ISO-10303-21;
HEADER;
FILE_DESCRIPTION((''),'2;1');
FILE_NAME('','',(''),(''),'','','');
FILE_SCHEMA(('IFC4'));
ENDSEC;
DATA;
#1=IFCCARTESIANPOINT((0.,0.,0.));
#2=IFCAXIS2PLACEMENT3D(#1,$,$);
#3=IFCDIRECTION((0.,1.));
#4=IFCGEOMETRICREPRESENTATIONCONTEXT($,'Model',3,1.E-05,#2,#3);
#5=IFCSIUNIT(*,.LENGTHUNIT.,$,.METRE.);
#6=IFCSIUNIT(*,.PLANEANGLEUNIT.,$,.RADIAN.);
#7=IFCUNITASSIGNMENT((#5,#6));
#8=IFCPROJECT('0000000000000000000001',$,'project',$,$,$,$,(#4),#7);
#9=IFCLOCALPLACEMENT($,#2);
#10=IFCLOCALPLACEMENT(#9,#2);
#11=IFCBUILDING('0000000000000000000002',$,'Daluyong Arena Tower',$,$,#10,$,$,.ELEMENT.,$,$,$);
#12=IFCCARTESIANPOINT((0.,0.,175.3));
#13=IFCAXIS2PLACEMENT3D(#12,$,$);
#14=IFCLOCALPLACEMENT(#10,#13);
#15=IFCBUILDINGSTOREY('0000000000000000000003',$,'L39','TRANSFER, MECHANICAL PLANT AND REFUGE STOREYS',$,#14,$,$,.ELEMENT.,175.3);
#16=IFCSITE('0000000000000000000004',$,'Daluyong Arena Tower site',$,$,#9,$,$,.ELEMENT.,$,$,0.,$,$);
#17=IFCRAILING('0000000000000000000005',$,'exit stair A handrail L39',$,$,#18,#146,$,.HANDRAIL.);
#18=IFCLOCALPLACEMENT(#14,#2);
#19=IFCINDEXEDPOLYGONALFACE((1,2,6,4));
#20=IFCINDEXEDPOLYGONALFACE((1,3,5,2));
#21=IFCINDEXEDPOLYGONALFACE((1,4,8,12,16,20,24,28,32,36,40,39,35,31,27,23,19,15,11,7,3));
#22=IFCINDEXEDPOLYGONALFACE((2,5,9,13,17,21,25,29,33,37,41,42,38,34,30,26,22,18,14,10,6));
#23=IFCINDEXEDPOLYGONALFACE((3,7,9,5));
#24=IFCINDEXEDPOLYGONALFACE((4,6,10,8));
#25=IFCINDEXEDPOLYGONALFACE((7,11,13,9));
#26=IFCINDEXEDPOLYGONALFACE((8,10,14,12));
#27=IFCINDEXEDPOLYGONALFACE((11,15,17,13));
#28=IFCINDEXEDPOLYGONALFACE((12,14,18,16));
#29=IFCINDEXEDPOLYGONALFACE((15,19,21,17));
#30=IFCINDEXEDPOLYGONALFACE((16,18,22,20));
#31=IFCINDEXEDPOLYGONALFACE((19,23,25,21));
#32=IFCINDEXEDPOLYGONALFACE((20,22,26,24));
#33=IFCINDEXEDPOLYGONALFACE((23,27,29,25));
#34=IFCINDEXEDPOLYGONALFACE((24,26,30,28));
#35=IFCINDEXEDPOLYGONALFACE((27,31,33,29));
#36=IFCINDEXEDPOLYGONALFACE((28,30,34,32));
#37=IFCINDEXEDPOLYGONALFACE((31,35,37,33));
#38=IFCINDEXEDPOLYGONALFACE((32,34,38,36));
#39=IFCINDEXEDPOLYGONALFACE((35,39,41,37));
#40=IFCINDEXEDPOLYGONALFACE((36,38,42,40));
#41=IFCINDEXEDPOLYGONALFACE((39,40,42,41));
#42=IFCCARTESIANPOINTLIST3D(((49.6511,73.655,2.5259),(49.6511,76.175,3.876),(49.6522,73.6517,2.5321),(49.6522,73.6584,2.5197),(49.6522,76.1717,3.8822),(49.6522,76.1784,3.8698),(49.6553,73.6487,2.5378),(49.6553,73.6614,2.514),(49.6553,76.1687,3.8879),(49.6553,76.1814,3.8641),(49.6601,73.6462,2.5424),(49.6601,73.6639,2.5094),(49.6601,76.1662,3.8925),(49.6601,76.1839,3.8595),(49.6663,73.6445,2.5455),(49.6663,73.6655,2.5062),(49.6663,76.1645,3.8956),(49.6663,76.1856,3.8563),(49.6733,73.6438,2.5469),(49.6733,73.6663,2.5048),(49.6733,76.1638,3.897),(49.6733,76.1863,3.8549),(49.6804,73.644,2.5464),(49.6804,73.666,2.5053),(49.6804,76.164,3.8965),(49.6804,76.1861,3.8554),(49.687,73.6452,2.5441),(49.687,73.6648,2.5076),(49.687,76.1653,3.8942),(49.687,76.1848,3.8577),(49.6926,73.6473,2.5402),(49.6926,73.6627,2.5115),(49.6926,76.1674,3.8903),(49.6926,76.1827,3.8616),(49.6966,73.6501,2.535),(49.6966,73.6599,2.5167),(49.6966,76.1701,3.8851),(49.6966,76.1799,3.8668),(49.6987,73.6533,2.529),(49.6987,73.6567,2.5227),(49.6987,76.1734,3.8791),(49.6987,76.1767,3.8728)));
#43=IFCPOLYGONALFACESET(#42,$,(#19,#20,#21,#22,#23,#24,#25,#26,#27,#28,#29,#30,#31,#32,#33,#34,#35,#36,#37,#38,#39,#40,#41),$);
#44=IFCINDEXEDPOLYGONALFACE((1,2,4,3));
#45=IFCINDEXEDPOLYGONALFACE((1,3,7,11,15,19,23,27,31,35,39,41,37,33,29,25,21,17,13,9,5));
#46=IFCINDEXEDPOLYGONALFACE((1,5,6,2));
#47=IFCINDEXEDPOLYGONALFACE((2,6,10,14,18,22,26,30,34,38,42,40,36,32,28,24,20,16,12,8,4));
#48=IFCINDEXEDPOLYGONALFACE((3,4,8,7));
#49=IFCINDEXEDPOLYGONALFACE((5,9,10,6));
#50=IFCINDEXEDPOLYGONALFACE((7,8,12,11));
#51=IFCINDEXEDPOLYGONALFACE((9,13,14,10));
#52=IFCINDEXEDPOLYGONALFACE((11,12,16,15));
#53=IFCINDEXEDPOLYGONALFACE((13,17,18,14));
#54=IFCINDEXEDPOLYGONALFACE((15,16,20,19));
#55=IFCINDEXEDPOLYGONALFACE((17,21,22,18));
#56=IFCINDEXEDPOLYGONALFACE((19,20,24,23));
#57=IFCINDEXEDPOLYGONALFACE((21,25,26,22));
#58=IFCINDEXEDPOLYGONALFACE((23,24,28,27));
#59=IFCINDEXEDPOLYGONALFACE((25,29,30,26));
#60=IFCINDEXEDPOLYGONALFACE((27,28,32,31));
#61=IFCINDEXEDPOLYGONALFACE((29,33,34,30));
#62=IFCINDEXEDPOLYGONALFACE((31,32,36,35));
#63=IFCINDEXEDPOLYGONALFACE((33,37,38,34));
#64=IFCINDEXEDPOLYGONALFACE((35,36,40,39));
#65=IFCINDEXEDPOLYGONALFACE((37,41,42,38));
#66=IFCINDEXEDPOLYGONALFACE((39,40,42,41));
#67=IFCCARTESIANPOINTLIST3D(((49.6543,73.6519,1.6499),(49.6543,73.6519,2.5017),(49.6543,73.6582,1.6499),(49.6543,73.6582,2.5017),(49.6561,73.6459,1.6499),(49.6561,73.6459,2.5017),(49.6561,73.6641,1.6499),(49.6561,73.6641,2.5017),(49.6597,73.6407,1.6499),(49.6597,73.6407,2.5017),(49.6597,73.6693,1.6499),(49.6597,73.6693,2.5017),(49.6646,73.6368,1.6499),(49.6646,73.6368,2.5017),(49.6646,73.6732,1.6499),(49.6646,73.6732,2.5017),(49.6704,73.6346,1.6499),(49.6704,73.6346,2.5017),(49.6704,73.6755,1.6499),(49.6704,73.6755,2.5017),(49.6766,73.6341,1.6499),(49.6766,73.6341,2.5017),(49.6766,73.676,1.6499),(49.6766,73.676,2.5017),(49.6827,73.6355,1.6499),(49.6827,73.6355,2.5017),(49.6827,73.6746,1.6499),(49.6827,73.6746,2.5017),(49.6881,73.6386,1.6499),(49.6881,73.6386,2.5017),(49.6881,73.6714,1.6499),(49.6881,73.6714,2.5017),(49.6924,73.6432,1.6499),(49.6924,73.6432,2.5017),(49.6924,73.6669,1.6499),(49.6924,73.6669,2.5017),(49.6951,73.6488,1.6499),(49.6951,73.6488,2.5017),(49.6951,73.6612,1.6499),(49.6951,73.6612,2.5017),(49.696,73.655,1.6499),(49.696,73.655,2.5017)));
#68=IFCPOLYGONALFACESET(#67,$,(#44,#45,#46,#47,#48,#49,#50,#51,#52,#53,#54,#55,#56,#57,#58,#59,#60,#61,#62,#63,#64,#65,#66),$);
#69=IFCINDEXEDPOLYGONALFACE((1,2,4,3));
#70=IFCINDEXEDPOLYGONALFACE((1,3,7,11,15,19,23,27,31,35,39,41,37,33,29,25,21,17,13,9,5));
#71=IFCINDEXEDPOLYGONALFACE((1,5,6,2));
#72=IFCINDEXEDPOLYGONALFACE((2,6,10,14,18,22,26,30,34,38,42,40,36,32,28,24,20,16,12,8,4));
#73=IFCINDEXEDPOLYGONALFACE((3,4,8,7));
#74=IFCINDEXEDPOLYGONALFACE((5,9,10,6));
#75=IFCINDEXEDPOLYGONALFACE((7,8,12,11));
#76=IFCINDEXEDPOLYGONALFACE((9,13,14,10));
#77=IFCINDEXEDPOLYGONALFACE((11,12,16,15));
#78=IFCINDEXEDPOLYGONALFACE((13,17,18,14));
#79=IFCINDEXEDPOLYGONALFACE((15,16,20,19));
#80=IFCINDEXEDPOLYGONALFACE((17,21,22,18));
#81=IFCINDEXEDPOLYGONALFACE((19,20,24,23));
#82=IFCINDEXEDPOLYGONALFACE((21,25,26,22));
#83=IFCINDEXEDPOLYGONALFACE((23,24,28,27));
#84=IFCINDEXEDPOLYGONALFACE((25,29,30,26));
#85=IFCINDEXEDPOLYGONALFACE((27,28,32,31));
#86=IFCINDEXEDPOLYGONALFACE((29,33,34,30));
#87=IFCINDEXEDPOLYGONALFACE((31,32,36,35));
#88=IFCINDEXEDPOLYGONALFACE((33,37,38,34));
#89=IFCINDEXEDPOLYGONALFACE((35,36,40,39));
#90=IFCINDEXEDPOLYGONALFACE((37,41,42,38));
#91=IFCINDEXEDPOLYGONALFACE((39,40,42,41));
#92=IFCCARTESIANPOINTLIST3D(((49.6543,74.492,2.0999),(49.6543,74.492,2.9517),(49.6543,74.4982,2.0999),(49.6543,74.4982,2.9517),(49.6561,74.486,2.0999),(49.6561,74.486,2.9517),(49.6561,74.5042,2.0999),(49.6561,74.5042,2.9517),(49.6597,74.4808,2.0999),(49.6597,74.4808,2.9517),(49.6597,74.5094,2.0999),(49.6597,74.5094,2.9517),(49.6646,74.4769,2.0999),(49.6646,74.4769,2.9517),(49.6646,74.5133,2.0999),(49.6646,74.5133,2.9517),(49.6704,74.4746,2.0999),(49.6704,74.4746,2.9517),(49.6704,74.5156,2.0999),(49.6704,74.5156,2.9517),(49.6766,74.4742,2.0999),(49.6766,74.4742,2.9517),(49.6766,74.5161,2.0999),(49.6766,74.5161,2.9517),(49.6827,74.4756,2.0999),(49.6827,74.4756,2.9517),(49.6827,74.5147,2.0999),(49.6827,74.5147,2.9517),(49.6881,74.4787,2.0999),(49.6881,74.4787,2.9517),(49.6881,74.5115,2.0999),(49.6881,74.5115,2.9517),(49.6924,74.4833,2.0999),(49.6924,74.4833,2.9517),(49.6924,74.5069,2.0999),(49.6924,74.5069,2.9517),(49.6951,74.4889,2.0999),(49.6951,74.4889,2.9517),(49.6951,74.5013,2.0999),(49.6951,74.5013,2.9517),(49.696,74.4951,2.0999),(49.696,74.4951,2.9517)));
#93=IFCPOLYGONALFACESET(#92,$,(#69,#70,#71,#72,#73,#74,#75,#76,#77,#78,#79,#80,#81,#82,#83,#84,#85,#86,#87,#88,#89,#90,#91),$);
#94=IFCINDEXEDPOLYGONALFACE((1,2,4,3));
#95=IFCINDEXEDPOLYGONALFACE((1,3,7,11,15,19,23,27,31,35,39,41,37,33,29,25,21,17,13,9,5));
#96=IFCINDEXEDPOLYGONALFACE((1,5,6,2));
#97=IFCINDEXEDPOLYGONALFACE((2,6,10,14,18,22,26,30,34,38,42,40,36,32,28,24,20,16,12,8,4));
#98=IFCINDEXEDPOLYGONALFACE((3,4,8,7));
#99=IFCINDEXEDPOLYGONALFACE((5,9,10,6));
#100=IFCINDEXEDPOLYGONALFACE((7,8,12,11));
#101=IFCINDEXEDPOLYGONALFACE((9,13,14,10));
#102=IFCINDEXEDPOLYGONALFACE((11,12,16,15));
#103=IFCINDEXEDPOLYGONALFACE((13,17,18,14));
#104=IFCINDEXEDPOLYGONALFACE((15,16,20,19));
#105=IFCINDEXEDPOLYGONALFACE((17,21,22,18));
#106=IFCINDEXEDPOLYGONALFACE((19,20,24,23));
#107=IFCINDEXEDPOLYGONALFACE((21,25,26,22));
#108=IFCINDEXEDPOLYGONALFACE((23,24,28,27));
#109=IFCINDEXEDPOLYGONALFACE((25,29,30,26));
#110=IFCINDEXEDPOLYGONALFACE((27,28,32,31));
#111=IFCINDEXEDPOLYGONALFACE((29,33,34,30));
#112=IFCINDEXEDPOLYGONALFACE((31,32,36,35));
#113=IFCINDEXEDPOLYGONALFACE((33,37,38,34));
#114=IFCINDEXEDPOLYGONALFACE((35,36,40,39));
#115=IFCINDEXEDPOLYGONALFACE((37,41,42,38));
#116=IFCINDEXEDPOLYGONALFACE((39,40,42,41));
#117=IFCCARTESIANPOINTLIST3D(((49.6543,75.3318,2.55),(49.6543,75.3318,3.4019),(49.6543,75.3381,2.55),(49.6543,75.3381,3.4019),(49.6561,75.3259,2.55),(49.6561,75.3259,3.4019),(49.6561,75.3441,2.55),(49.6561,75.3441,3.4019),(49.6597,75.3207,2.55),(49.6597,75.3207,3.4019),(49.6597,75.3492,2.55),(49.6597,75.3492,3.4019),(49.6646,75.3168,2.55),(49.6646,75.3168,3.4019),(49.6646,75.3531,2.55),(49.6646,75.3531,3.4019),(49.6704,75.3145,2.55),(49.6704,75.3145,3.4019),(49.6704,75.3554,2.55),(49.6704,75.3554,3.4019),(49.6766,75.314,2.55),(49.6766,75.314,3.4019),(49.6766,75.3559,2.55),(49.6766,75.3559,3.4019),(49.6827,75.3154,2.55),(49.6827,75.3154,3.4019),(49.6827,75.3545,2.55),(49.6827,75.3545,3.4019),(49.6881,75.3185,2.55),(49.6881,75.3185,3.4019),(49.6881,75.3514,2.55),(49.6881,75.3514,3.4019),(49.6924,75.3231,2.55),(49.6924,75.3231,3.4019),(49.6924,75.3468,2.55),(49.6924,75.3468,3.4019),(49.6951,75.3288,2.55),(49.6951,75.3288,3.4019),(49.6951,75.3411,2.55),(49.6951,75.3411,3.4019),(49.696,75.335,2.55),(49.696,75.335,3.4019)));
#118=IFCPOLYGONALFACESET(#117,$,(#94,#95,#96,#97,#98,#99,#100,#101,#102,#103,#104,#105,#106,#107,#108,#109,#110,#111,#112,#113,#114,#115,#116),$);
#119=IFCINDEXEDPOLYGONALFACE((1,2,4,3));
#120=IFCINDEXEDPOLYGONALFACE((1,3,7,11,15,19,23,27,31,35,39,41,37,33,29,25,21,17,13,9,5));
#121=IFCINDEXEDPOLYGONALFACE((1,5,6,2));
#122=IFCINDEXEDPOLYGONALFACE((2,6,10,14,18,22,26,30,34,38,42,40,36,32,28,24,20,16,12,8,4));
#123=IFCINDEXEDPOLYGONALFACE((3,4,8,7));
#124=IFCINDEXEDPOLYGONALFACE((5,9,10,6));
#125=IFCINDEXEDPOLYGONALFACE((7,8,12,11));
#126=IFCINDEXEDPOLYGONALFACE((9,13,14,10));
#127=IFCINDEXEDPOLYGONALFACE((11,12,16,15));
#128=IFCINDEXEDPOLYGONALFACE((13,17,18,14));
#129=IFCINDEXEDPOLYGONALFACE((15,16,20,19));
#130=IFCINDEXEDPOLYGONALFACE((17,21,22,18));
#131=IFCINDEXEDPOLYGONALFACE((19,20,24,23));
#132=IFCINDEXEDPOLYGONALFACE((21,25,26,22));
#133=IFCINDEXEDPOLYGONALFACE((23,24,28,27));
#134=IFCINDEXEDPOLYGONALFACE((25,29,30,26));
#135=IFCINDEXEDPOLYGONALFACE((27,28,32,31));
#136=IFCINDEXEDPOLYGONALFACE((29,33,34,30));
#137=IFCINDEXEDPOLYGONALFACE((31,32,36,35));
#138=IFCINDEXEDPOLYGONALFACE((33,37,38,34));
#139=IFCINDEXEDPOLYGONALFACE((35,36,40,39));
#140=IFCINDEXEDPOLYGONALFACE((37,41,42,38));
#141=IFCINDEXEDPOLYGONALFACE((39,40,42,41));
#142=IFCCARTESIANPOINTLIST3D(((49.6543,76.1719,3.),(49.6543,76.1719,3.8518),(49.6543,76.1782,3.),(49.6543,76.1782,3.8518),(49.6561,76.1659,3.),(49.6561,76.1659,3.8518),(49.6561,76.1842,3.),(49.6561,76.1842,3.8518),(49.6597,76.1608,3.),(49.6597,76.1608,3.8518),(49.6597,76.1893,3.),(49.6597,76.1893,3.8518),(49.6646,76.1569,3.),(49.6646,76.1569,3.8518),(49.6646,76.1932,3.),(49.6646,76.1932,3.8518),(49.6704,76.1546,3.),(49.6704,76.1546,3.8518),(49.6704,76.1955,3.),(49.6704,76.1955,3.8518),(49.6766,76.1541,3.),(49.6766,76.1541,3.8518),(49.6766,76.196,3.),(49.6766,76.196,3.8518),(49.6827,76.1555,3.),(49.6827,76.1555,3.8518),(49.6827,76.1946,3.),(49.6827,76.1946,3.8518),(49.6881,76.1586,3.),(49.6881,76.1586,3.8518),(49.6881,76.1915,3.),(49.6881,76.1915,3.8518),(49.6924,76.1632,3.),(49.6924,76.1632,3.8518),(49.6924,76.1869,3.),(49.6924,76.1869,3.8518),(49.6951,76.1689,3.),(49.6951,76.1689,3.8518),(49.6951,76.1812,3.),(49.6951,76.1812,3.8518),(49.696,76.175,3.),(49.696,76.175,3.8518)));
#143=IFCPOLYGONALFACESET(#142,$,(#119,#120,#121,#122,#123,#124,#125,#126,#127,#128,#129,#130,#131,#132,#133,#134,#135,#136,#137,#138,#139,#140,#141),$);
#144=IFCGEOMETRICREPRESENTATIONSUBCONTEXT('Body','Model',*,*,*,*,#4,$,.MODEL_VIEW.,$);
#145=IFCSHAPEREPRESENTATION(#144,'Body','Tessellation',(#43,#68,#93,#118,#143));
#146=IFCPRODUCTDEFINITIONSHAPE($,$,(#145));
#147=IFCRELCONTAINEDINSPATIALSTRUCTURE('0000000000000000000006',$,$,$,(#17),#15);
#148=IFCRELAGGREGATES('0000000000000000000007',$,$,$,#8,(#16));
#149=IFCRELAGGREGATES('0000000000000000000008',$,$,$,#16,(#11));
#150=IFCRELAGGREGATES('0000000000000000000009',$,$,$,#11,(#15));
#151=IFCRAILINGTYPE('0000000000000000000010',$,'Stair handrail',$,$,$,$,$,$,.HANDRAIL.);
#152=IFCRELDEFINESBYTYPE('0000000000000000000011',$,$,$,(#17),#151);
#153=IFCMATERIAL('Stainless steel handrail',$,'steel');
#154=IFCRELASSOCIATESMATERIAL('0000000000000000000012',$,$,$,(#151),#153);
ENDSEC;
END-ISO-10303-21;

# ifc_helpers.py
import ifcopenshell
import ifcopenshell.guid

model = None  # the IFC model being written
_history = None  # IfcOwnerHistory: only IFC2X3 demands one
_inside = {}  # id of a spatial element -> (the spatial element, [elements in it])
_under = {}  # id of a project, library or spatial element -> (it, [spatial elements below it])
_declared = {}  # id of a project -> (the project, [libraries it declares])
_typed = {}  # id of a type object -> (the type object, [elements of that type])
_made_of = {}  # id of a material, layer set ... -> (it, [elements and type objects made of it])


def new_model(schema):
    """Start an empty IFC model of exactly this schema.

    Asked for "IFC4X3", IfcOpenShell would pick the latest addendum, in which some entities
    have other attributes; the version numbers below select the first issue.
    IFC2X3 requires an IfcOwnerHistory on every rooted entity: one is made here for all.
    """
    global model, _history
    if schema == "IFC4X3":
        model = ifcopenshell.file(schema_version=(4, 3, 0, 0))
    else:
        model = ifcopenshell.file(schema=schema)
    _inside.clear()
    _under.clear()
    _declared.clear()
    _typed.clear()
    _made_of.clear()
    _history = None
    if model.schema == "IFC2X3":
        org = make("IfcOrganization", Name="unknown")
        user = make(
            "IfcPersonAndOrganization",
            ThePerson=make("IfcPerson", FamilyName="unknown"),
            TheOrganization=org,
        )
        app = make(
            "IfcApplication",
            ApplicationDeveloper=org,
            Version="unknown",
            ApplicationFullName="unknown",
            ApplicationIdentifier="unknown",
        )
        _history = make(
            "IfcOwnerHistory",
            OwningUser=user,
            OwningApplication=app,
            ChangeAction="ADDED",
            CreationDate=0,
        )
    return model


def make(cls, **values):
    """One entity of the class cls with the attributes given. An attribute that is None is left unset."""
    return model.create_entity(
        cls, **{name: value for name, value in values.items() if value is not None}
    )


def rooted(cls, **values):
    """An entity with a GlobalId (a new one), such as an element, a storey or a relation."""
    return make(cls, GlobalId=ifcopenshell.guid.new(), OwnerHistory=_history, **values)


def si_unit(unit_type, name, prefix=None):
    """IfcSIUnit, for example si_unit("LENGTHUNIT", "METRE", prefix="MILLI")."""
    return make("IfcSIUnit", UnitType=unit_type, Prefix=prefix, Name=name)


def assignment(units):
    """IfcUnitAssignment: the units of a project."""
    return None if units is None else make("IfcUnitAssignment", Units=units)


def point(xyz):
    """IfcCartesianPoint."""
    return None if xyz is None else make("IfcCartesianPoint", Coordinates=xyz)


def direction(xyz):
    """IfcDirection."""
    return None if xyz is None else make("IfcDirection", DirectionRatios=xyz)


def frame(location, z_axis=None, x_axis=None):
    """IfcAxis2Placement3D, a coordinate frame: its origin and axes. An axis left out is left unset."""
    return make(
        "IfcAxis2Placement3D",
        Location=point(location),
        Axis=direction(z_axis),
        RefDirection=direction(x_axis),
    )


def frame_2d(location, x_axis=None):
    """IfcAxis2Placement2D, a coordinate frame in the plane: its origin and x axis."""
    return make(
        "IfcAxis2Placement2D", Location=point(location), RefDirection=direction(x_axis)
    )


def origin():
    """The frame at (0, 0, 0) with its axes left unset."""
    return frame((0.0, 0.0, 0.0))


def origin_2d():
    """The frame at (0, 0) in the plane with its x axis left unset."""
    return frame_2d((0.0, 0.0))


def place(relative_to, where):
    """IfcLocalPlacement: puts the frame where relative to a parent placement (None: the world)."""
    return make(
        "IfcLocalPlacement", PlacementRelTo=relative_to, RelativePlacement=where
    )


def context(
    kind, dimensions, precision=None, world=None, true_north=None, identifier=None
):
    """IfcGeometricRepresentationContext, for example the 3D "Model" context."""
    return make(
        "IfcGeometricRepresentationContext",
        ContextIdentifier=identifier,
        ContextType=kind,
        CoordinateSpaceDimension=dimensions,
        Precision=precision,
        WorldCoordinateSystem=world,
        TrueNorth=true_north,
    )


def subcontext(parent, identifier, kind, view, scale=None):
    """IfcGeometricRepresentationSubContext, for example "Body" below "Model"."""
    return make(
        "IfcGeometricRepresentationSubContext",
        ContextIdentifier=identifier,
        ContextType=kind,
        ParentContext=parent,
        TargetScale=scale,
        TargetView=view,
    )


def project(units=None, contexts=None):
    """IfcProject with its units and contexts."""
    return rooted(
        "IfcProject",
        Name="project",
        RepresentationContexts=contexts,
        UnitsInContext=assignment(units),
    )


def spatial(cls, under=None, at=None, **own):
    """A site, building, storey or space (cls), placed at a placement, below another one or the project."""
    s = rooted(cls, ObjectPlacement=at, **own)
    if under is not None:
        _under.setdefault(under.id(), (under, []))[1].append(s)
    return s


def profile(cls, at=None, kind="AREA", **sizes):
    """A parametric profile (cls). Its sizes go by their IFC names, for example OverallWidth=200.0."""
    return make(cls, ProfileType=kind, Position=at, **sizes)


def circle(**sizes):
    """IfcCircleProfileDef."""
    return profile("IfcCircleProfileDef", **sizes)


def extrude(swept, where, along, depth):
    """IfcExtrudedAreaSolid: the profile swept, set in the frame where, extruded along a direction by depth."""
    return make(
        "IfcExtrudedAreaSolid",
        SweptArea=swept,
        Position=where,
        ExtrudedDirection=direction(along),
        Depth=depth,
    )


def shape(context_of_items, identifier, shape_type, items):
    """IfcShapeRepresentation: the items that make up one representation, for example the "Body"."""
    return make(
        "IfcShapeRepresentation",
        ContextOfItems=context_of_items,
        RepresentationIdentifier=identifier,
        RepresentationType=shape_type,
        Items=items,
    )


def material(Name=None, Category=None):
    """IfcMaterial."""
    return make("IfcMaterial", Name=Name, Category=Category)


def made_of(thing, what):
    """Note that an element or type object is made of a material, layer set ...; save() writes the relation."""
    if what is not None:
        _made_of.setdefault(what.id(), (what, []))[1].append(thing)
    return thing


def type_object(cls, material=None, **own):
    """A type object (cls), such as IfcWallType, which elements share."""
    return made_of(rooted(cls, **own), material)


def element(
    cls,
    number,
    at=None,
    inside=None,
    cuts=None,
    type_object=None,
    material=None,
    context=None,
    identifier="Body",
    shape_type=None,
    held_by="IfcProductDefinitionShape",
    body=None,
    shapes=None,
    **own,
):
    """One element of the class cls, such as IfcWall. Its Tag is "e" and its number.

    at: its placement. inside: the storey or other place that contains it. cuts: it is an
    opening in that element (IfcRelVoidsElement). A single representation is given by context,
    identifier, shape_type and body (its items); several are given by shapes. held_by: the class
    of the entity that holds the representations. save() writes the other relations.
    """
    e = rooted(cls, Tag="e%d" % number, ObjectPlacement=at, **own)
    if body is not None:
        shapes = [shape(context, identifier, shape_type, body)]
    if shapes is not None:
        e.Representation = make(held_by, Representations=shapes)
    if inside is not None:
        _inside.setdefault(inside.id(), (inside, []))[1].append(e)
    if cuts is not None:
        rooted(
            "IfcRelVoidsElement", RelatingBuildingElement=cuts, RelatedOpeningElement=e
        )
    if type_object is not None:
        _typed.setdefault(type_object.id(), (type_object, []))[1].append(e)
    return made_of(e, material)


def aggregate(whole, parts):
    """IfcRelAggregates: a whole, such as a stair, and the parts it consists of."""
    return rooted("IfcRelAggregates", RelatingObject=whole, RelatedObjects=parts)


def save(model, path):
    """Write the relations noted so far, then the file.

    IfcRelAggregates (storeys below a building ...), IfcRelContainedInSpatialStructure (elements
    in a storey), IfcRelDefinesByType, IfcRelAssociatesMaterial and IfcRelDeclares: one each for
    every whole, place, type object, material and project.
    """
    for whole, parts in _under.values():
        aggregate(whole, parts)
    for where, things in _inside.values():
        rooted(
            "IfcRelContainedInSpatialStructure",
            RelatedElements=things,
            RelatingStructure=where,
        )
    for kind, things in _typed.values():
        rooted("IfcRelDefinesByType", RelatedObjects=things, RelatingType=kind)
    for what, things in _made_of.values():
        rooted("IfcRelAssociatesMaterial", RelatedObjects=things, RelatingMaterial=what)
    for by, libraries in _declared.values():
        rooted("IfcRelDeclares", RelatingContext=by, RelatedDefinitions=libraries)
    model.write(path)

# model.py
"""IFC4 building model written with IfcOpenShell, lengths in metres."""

from ifc_helpers import new_model, si_unit, direction, frame, origin, origin_2d, place, context, subcontext, project, spatial, circle, extrude, material, type_object, element, save


model = new_model("IFC4")

# Units and contexts
model_context = context("Model", 3, precision=1e-05, world=origin(), true_north=direction((0.0, 1.0)))
body_context = subcontext(model_context, "Body", "Model", "MODEL_VIEW")
ifc_project = project(units=[si_unit("LENGTHUNIT", "METRE"), si_unit("PLANEANGLEUNIT", "RADIAN")], contexts=[model_context])

# Site, building, storey
site_placement = place(None, origin())
site = spatial("IfcSite", under=ifc_project, at=site_placement, Name="Daluyong Arena Tower site", CompositionType="ELEMENT", RefElevation=0.0)
building_placement = place(site_placement, origin())
building = spatial("IfcBuilding", under=site, at=building_placement, Name="Daluyong Arena Tower", CompositionType="ELEMENT")
storey_placement = place(building_placement, frame((0.0, 0.0, 175.3)))
storey = spatial("IfcBuildingStorey", under=building, at=storey_placement, Name="L39", Description="TRANSFER, MECHANICAL PLANT AND REFUGE STOREYS", CompositionType="ELEMENT", Elevation=175.3)

# Railing
ifc_material_1 = material(Name="Stainless steel handrail", Category="steel")
railing_type_1 = type_object("IfcRailingType", Name="Stair handrail", PredefinedType="HANDRAIL", material=ifc_material_1)
railing_1_placement = place(storey_placement, frame((49.675, 73.655, 1.6499)))
element("IfcRailing", 1, at=railing_1_placement, inside=storey, type_object=railing_type_1, Name="exit stair A handrail L39", PredefinedType="HANDRAIL", context=body_context, shape_type="SweptSolid", body=[
    extrude(circle(Radius=0.0239, at=origin_2d()), frame((0.0, 0.0, 0.876), z_axis=(0.0, 0.881467, 0.472245), x_axis=(-1.0, 0.0, 0.0)), (0.0, 0.0, 1.0), 2.8589),
    extrude(circle(Radius=0.021, at=origin_2d()), origin(), (0.0, 0.0, 1.0), 0.8518),
    extrude(circle(Radius=0.021, at=origin_2d()), frame((0.0, 0.8401, 0.45)), (0.0, 0.0, 1.0), 0.8518),
    extrude(circle(Radius=0.021, at=origin_2d()), frame((0.0, 1.6799, 0.9001)), (0.0, 0.0, 1.0), 0.8518),
    extrude(circle(Radius=0.021, at=origin_2d()), frame((0.0, 2.52, 1.3501)), (0.0, 0.0, 1.0), 0.8518),
])

save(model, "model.ifc")
